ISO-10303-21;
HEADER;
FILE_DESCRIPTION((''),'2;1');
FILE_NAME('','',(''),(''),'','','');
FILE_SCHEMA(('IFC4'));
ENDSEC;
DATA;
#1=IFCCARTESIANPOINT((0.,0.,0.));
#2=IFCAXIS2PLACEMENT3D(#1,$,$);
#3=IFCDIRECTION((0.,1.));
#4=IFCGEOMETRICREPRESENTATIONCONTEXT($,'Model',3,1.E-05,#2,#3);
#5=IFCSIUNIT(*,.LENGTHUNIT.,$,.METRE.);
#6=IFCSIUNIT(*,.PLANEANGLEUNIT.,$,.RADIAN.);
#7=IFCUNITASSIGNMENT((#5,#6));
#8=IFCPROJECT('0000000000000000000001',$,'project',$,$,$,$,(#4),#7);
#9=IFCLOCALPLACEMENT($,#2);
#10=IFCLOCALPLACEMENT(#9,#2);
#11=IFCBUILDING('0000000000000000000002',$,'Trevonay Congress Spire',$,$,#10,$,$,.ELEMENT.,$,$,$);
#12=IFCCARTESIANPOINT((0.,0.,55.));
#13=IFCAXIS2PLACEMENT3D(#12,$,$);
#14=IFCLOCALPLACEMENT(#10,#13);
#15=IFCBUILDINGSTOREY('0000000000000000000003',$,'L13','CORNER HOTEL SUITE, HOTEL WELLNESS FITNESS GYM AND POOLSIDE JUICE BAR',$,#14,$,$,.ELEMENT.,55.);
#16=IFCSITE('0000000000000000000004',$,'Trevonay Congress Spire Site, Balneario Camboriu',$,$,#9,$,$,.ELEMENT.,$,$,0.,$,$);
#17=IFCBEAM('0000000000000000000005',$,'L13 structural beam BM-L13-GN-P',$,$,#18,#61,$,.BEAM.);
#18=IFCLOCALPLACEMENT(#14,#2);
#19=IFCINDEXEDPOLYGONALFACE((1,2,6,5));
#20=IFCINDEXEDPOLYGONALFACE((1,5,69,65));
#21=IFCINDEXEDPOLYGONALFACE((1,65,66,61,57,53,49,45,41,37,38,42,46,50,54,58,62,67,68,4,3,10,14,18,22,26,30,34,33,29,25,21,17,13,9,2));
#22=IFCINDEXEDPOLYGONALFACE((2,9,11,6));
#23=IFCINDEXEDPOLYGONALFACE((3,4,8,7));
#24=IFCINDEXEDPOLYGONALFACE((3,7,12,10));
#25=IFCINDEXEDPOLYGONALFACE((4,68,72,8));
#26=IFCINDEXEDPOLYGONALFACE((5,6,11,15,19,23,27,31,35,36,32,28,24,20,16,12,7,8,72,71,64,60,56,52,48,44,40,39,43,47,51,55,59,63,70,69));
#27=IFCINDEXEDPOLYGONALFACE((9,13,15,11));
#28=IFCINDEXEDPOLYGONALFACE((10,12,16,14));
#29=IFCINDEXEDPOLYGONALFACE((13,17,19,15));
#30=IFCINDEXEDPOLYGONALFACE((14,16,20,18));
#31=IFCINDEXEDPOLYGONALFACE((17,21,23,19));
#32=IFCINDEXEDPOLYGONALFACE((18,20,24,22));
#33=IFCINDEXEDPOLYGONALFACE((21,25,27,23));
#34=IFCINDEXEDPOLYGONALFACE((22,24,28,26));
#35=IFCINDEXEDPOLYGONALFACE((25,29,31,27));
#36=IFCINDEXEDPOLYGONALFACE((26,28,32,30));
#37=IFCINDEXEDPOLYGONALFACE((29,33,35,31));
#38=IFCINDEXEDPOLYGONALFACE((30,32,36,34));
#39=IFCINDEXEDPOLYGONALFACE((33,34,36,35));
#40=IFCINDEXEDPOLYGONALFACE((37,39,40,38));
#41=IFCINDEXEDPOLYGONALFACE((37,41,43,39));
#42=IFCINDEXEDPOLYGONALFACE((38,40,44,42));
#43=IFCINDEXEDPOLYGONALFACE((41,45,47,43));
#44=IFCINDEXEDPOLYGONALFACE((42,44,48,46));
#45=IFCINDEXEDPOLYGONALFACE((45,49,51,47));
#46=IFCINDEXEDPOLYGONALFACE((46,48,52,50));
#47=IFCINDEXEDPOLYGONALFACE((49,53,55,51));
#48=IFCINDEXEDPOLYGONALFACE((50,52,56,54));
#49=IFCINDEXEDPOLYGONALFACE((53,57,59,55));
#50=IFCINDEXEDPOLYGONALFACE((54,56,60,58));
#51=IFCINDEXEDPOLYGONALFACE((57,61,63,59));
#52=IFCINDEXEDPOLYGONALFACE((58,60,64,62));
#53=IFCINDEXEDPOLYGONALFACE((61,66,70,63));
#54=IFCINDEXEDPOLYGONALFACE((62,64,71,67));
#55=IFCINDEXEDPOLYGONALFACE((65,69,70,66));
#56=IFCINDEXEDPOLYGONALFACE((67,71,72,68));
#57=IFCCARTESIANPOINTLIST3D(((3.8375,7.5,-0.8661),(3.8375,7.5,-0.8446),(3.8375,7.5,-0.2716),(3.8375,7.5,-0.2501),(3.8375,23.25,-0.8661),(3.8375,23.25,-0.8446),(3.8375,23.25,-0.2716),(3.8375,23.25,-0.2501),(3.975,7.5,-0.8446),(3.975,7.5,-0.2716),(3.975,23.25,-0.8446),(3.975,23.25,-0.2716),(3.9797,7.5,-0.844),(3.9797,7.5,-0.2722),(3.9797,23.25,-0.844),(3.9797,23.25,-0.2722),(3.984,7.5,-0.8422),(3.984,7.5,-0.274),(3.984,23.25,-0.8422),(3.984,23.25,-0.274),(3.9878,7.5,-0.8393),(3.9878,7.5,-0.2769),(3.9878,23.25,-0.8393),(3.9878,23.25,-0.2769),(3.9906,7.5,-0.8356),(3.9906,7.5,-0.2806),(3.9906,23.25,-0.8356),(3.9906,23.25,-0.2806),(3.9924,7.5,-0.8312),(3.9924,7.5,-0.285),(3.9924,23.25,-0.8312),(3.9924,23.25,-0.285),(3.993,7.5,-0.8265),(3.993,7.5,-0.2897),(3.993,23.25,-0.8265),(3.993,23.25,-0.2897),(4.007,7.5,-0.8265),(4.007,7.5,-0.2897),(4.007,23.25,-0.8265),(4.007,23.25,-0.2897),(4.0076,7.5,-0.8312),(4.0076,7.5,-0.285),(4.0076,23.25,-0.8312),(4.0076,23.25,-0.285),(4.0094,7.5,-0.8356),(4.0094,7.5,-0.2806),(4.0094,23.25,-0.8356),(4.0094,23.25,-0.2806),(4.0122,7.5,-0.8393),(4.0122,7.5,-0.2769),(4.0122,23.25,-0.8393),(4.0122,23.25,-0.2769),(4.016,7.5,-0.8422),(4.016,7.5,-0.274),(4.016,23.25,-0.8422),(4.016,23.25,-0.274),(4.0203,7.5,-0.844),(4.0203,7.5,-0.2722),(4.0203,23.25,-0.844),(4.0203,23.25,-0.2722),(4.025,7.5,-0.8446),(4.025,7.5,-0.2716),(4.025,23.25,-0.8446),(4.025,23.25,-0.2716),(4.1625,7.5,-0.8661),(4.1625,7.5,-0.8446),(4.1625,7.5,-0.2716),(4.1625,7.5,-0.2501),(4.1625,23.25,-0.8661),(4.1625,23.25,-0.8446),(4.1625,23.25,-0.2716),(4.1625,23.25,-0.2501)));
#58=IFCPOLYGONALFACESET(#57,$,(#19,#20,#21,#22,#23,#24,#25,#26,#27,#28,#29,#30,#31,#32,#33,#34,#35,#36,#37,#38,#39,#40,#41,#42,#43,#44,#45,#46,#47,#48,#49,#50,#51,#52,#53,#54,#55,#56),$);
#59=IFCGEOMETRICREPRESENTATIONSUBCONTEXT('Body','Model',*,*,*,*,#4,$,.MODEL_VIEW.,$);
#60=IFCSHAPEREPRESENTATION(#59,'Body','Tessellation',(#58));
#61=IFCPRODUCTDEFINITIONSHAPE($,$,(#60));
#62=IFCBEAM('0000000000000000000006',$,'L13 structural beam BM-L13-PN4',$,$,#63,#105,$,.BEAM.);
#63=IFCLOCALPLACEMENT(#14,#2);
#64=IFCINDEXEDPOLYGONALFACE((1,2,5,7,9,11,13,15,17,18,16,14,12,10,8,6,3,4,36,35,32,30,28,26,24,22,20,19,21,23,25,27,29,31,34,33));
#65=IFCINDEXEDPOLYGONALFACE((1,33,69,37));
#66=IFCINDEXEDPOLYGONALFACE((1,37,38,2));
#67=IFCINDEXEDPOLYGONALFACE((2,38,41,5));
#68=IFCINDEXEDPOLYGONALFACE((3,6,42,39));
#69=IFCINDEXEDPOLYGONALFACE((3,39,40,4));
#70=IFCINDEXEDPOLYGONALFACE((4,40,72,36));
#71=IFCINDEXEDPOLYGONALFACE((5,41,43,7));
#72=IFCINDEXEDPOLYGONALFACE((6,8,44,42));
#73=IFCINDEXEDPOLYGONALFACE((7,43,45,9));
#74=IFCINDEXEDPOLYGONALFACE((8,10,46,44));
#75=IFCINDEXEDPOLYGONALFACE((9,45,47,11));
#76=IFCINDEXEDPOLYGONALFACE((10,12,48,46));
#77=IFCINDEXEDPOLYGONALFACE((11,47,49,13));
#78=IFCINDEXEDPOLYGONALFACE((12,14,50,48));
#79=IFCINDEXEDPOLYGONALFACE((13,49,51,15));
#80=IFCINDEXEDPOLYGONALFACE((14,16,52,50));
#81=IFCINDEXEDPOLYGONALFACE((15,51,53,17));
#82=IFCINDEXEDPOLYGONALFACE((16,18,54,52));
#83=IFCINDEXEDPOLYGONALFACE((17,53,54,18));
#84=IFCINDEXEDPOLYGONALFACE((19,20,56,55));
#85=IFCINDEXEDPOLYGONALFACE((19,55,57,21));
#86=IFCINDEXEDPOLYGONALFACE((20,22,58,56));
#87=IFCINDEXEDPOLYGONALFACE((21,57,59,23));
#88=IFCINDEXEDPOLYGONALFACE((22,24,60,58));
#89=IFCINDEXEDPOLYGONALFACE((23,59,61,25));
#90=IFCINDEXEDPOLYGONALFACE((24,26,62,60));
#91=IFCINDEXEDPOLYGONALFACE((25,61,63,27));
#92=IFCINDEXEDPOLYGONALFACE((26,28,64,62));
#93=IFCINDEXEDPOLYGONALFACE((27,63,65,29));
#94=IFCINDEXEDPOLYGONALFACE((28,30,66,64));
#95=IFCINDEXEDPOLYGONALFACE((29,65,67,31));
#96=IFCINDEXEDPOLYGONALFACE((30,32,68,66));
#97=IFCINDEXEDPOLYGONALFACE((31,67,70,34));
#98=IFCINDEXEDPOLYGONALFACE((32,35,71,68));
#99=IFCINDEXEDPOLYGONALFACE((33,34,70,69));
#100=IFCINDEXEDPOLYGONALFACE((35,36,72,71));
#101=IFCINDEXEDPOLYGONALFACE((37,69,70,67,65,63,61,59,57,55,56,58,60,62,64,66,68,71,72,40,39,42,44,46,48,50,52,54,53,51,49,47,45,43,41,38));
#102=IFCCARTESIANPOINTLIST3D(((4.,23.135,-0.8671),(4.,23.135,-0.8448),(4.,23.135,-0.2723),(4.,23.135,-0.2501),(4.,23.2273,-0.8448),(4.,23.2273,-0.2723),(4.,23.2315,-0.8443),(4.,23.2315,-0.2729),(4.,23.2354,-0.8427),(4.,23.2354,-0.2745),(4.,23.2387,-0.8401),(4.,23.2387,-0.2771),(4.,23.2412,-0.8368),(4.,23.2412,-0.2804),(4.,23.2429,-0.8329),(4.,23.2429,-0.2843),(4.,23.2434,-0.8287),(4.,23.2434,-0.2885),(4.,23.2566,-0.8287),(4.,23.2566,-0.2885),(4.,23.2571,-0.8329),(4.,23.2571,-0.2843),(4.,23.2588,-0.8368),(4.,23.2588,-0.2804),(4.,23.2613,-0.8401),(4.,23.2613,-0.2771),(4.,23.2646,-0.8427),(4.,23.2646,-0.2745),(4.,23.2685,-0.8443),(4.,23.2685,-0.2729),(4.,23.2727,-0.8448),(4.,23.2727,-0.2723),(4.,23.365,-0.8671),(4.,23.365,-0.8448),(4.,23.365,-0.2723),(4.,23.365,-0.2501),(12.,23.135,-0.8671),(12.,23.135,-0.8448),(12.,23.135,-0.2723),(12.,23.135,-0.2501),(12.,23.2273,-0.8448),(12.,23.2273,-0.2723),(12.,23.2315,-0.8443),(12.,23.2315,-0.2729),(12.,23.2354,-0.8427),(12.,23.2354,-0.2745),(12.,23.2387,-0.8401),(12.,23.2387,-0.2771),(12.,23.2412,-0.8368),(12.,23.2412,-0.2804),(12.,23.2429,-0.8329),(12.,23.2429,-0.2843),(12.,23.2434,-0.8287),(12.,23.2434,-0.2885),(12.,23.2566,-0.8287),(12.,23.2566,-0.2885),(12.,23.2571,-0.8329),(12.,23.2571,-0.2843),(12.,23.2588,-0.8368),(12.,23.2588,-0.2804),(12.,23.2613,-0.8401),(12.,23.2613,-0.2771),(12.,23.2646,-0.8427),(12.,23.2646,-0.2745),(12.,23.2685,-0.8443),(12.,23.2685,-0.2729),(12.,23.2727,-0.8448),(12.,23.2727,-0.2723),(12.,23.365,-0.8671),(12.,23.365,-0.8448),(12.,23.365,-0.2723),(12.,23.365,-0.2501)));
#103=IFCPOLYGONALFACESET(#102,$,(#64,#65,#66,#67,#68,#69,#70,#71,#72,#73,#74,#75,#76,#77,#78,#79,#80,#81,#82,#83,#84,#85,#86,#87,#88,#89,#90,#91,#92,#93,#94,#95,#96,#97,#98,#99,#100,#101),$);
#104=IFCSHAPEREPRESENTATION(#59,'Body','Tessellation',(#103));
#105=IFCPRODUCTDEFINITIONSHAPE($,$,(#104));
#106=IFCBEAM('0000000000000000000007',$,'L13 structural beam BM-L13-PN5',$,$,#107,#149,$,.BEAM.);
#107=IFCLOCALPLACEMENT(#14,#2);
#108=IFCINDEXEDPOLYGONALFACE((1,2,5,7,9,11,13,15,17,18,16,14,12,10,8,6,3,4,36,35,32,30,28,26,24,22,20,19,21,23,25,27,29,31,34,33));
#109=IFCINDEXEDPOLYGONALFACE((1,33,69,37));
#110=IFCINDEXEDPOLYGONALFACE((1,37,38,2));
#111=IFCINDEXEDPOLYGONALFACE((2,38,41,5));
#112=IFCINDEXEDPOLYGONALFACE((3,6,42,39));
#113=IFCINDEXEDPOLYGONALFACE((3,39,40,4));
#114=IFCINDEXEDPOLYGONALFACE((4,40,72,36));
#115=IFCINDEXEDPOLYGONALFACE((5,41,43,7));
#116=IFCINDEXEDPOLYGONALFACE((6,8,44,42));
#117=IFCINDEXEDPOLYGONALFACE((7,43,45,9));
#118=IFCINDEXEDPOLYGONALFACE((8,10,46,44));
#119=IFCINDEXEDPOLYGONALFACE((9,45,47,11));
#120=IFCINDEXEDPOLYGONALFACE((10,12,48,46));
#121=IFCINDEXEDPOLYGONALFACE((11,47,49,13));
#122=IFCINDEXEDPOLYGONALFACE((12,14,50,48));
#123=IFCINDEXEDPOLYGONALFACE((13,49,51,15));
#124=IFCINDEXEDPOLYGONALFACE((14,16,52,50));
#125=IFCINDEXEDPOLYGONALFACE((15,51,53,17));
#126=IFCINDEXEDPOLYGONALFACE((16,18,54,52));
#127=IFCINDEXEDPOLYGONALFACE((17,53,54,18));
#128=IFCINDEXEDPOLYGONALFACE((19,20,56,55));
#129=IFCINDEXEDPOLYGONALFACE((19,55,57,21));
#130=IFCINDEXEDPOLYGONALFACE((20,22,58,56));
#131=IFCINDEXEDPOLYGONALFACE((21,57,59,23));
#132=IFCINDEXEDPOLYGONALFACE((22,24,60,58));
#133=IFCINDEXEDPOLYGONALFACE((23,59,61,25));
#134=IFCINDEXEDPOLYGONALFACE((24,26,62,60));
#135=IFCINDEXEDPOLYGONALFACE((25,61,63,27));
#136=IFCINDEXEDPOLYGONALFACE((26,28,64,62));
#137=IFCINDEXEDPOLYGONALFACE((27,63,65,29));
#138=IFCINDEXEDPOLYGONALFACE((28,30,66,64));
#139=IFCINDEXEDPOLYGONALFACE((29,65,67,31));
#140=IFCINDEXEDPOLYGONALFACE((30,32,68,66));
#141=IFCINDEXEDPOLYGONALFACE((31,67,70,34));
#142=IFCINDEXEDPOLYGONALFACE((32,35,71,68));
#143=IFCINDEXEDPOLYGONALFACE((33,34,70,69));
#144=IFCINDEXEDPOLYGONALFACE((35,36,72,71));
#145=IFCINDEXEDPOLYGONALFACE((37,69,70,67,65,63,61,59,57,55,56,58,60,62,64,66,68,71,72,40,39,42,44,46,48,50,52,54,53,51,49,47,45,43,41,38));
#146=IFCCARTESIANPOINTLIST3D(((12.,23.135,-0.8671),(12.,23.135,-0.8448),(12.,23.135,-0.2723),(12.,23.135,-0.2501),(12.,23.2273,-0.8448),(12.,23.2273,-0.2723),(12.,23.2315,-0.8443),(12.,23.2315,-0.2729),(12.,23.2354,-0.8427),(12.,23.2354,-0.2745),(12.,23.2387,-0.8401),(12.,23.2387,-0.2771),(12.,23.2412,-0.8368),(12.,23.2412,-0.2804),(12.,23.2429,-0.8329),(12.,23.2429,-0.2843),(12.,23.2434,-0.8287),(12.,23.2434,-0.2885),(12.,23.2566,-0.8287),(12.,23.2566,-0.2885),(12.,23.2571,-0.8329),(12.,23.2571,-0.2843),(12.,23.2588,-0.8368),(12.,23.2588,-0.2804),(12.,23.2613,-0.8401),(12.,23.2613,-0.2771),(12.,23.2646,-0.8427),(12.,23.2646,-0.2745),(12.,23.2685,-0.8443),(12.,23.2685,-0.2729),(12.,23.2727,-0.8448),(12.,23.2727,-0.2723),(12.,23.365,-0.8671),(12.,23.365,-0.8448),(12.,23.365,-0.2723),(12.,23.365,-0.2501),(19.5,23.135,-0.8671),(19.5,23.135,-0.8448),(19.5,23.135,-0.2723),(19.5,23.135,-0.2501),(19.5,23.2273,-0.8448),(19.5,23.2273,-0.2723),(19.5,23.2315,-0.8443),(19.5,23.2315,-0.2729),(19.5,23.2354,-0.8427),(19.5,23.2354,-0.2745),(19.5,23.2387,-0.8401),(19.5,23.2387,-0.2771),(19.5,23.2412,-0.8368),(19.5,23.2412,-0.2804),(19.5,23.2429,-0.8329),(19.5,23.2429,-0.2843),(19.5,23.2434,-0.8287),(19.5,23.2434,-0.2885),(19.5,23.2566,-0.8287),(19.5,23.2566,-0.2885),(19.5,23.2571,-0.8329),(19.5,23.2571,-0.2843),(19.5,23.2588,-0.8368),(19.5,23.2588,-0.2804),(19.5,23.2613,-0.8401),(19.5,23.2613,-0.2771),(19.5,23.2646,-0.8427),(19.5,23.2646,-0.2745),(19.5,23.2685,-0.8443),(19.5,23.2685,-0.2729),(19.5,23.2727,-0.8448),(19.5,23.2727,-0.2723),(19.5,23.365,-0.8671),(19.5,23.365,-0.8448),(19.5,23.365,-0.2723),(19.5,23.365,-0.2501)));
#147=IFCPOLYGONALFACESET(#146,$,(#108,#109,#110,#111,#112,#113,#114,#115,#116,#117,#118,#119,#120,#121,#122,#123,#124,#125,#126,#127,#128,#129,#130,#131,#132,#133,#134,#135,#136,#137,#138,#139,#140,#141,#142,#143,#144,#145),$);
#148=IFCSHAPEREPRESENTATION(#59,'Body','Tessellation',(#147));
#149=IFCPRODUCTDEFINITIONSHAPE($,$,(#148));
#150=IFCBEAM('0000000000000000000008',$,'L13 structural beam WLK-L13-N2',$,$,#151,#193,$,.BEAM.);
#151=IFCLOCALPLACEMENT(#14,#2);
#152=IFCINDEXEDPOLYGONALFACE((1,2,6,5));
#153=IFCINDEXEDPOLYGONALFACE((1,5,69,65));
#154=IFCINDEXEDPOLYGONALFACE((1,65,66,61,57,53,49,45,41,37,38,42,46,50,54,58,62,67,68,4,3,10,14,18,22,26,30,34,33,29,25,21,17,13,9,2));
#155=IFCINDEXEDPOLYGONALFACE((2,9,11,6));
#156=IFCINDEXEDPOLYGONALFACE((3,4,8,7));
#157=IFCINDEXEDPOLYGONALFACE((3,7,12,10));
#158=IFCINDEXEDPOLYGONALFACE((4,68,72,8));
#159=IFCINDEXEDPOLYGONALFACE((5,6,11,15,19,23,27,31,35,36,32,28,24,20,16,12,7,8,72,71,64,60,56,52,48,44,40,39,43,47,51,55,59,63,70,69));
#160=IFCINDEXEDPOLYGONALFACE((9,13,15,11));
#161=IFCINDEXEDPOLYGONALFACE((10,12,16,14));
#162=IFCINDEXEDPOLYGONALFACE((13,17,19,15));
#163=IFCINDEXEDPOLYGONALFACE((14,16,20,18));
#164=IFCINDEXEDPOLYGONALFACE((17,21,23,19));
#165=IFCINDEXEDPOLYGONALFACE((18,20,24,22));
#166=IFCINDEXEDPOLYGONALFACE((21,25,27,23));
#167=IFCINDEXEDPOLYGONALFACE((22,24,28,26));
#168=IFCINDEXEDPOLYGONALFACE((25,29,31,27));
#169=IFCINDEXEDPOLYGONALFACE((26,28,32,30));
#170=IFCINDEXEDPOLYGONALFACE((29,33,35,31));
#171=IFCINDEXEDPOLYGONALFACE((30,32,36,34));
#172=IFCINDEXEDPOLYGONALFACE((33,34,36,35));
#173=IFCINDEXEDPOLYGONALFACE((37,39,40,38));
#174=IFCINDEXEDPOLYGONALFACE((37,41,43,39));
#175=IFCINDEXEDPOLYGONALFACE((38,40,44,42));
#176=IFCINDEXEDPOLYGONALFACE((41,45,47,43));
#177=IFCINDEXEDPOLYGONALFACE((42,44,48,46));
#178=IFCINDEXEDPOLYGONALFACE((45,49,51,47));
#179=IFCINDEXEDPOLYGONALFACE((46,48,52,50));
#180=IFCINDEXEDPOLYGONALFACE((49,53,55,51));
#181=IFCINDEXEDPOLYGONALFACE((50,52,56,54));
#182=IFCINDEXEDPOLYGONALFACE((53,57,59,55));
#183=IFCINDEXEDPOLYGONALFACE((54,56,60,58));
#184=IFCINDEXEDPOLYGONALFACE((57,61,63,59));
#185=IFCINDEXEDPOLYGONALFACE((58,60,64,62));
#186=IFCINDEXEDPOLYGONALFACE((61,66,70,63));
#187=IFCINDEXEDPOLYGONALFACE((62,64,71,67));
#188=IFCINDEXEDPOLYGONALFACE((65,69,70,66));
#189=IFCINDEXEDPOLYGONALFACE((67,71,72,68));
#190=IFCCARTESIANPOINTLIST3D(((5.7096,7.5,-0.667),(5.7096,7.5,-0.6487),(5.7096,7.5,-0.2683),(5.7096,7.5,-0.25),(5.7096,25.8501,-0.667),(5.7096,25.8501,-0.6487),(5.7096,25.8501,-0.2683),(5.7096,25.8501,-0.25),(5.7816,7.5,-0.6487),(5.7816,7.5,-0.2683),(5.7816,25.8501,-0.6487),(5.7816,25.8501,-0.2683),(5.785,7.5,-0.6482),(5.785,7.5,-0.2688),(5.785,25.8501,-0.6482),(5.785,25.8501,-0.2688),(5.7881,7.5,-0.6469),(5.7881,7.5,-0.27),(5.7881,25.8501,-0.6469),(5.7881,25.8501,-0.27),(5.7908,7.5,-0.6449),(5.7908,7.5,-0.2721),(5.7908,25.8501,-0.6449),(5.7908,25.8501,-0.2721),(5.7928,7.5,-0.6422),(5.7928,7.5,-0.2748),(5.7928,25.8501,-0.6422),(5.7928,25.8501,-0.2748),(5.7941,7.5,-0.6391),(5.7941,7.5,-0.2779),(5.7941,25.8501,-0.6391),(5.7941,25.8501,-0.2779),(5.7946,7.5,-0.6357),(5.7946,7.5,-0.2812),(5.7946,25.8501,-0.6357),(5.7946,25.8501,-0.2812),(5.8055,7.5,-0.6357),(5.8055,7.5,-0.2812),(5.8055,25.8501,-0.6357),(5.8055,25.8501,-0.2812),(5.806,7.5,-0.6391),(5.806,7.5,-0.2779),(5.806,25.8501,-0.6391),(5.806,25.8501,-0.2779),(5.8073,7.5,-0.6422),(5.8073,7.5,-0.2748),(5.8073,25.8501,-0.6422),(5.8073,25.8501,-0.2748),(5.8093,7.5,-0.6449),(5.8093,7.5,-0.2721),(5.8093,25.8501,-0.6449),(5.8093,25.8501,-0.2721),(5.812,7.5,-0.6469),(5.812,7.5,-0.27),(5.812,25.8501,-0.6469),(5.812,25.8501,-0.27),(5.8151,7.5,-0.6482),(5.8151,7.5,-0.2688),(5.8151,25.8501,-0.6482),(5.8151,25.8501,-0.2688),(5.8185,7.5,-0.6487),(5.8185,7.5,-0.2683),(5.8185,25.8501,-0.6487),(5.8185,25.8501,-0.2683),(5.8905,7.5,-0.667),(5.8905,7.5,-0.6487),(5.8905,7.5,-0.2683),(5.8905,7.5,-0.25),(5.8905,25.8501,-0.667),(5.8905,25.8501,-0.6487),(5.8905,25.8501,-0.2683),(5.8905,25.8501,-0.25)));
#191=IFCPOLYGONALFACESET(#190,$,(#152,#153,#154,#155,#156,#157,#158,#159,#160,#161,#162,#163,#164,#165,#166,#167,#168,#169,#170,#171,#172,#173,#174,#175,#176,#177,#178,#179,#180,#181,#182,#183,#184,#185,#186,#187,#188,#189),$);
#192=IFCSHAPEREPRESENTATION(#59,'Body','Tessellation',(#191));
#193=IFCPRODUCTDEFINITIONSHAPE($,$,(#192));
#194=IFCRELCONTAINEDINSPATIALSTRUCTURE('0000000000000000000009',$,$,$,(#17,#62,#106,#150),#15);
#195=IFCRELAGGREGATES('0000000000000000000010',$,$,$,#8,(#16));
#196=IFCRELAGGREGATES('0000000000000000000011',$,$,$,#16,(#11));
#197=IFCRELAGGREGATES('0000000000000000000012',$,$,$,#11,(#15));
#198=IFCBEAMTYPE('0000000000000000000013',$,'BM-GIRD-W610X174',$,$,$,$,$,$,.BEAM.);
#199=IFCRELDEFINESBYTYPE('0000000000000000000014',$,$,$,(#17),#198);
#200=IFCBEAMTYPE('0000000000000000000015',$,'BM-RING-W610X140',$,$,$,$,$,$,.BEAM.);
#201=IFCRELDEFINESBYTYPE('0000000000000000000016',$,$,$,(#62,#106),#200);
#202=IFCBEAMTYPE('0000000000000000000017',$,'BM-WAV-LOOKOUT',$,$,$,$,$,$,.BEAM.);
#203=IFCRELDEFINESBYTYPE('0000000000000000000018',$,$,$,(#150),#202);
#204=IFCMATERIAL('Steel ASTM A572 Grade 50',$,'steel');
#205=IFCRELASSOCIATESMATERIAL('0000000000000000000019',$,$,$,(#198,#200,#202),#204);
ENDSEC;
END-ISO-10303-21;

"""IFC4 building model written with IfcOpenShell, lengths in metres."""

from ifc_helpers import new_model, si_unit, direction, frame, origin, origin_2d, place, context, subcontext, project, spatial, i_section, extrude, material, material_profile, profile_set, type_object, element, save


model = new_model("IFC4")

# Units and contexts
model_context = context("Model", 3, precision=1e-05, world=origin(), true_north=direction((0.0, 1.0)))
body_context = subcontext(model_context, "Body", "Model", "MODEL_VIEW")
ifc_project = project(units=[si_unit("LENGTHUNIT", "METRE"), si_unit("PLANEANGLEUNIT", "RADIAN")], contexts=[model_context])

# Site, building, storey
site_placement = place(None, origin())
site = spatial("IfcSite", under=ifc_project, at=site_placement, Name="Trevonay Congress Spire Site, Balneario Camboriu", CompositionType="ELEMENT", RefElevation=0.0)
building_placement = place(site_placement, origin())
building = spatial("IfcBuilding", under=site, at=building_placement, Name="Trevonay Congress Spire", CompositionType="ELEMENT")
storey_placement = place(building_placement, frame((0.0, 0.0, 55.0)))
storey = spatial("IfcBuildingStorey", under=building, at=storey_placement, Name="L13", Description="CORNER HOTEL SUITE, HOTEL WELLNESS FITNESS GYM AND POOLSIDE JUICE BAR", CompositionType="ELEMENT", Elevation=55.0)

# Shared definitions
ifc_material_1 = material(Name="Steel ASTM A572 Grade 50", Category="steel")

# Beams
ifc_material_profile_1 = material_profile(ifc_material_1, i_section(OverallWidth=0.325, OverallDepth=0.616, WebThickness=0.0139, FlangeThickness=0.0215, FilletRadius=0.0181, at=origin_2d()), Name="W610x174")
ifc_profile_set_1 = profile_set([ifc_material_profile_1], Name="Steel ASTM A572 Grade 50")
beam_type_1 = type_object("IfcBeamType", Name="BM-GIRD-W610X174", PredefinedType="BEAM", material=ifc_profile_set_1)
beam_1_placement = place(storey_placement, frame((4.0, 7.5, -0.5581), z_axis=(0.0, 1.0, 0.0), x_axis=(-1.0, 0.0, 0.0)))
element("IfcBeam", 1, at=beam_1_placement, inside=storey, type_object=beam_type_1, Name="L13 structural beam BM-L13-GN-P", PredefinedType="BEAM", context=body_context, shape_type="SweptSolid", body=[
    extrude(i_section(OverallWidth=0.325, OverallDepth=0.616, WebThickness=0.0139, FlangeThickness=0.0215, FilletRadius=0.0181, at=origin_2d()), origin(), (0.0, 0.0, 1.0), 15.75),
])
ifc_material_profile_2 = material_profile(ifc_material_1, i_section(OverallWidth=0.23, OverallDepth=0.6169, WebThickness=0.0132, FlangeThickness=0.0222, FilletRadius=0.0161, at=origin_2d()), Name="W610x140")
ifc_profile_set_2 = profile_set([ifc_material_profile_2], Name="Steel ASTM A572 Grade 50")
beam_type_2 = type_object("IfcBeamType", Name="BM-RING-W610X140", PredefinedType="BEAM", material=ifc_profile_set_2)
beam_2_placement = place(storey_placement, frame((4.0, 23.25, -0.5586), z_axis=(1.0, 0.0, 0.0), x_axis=(0.0, 1.0, 0.0)))
element("IfcBeam", 2, at=beam_2_placement, inside=storey, type_object=beam_type_2, Name="L13 structural beam BM-L13-PN4", PredefinedType="BEAM", context=body_context, shape_type="SweptSolid", body=[
    extrude(i_section(OverallWidth=0.23, OverallDepth=0.6169, WebThickness=0.0132, FlangeThickness=0.0222, FilletRadius=0.0161, at=origin_2d()), origin(), (0.0, 0.0, 1.0), 8.0),
])
beam_3_placement = place(storey_placement, frame((12.0, 23.25, -0.5586), z_axis=(1.0, 0.0, 0.0), x_axis=(0.0, 1.0, 0.0)))
element("IfcBeam", 3, at=beam_3_placement, inside=storey, type_object=beam_type_2, Name="L13 structural beam BM-L13-PN5", PredefinedType="BEAM", context=body_context, shape_type="SweptSolid", body=[
    extrude(i_section(OverallWidth=0.23, OverallDepth=0.6169, WebThickness=0.0132, FlangeThickness=0.0222, FilletRadius=0.0161, at=origin_2d()), origin(), (0.0, 0.0, 1.0), 7.5),
])
ifc_material_profile_3 = material_profile(ifc_material_1, i_section(OverallWidth=0.1809, OverallDepth=0.417, WebThickness=0.011, FlangeThickness=0.0183, FilletRadius=0.0129, at=origin_2d()), Name="W410x85")
ifc_profile_set_3 = profile_set([ifc_material_profile_3], Name="Steel ASTM A572 Grade 50")
beam_type_3 = type_object("IfcBeamType", Name="BM-WAV-LOOKOUT", PredefinedType="BEAM", material=ifc_profile_set_3)
beam_4_placement = place(storey_placement, frame((5.8, 7.5, -0.4585), z_axis=(0.0, 1.0, 0.0), x_axis=(-1.0, 0.0, 0.0)))
element("IfcBeam", 4, at=beam_4_placement, inside=storey, type_object=beam_type_3, Name="L13 structural beam WLK-L13-N2", PredefinedType="BEAM", context=body_context, shape_type="SweptSolid", body=[
    extrude(i_section(OverallWidth=0.1809, OverallDepth=0.417, WebThickness=0.011, FlangeThickness=0.0183, FilletRadius=0.0129, at=origin_2d()), origin(), (0.0, 0.0, 1.0), 18.3501),
])

save(model, "model.ifc")
